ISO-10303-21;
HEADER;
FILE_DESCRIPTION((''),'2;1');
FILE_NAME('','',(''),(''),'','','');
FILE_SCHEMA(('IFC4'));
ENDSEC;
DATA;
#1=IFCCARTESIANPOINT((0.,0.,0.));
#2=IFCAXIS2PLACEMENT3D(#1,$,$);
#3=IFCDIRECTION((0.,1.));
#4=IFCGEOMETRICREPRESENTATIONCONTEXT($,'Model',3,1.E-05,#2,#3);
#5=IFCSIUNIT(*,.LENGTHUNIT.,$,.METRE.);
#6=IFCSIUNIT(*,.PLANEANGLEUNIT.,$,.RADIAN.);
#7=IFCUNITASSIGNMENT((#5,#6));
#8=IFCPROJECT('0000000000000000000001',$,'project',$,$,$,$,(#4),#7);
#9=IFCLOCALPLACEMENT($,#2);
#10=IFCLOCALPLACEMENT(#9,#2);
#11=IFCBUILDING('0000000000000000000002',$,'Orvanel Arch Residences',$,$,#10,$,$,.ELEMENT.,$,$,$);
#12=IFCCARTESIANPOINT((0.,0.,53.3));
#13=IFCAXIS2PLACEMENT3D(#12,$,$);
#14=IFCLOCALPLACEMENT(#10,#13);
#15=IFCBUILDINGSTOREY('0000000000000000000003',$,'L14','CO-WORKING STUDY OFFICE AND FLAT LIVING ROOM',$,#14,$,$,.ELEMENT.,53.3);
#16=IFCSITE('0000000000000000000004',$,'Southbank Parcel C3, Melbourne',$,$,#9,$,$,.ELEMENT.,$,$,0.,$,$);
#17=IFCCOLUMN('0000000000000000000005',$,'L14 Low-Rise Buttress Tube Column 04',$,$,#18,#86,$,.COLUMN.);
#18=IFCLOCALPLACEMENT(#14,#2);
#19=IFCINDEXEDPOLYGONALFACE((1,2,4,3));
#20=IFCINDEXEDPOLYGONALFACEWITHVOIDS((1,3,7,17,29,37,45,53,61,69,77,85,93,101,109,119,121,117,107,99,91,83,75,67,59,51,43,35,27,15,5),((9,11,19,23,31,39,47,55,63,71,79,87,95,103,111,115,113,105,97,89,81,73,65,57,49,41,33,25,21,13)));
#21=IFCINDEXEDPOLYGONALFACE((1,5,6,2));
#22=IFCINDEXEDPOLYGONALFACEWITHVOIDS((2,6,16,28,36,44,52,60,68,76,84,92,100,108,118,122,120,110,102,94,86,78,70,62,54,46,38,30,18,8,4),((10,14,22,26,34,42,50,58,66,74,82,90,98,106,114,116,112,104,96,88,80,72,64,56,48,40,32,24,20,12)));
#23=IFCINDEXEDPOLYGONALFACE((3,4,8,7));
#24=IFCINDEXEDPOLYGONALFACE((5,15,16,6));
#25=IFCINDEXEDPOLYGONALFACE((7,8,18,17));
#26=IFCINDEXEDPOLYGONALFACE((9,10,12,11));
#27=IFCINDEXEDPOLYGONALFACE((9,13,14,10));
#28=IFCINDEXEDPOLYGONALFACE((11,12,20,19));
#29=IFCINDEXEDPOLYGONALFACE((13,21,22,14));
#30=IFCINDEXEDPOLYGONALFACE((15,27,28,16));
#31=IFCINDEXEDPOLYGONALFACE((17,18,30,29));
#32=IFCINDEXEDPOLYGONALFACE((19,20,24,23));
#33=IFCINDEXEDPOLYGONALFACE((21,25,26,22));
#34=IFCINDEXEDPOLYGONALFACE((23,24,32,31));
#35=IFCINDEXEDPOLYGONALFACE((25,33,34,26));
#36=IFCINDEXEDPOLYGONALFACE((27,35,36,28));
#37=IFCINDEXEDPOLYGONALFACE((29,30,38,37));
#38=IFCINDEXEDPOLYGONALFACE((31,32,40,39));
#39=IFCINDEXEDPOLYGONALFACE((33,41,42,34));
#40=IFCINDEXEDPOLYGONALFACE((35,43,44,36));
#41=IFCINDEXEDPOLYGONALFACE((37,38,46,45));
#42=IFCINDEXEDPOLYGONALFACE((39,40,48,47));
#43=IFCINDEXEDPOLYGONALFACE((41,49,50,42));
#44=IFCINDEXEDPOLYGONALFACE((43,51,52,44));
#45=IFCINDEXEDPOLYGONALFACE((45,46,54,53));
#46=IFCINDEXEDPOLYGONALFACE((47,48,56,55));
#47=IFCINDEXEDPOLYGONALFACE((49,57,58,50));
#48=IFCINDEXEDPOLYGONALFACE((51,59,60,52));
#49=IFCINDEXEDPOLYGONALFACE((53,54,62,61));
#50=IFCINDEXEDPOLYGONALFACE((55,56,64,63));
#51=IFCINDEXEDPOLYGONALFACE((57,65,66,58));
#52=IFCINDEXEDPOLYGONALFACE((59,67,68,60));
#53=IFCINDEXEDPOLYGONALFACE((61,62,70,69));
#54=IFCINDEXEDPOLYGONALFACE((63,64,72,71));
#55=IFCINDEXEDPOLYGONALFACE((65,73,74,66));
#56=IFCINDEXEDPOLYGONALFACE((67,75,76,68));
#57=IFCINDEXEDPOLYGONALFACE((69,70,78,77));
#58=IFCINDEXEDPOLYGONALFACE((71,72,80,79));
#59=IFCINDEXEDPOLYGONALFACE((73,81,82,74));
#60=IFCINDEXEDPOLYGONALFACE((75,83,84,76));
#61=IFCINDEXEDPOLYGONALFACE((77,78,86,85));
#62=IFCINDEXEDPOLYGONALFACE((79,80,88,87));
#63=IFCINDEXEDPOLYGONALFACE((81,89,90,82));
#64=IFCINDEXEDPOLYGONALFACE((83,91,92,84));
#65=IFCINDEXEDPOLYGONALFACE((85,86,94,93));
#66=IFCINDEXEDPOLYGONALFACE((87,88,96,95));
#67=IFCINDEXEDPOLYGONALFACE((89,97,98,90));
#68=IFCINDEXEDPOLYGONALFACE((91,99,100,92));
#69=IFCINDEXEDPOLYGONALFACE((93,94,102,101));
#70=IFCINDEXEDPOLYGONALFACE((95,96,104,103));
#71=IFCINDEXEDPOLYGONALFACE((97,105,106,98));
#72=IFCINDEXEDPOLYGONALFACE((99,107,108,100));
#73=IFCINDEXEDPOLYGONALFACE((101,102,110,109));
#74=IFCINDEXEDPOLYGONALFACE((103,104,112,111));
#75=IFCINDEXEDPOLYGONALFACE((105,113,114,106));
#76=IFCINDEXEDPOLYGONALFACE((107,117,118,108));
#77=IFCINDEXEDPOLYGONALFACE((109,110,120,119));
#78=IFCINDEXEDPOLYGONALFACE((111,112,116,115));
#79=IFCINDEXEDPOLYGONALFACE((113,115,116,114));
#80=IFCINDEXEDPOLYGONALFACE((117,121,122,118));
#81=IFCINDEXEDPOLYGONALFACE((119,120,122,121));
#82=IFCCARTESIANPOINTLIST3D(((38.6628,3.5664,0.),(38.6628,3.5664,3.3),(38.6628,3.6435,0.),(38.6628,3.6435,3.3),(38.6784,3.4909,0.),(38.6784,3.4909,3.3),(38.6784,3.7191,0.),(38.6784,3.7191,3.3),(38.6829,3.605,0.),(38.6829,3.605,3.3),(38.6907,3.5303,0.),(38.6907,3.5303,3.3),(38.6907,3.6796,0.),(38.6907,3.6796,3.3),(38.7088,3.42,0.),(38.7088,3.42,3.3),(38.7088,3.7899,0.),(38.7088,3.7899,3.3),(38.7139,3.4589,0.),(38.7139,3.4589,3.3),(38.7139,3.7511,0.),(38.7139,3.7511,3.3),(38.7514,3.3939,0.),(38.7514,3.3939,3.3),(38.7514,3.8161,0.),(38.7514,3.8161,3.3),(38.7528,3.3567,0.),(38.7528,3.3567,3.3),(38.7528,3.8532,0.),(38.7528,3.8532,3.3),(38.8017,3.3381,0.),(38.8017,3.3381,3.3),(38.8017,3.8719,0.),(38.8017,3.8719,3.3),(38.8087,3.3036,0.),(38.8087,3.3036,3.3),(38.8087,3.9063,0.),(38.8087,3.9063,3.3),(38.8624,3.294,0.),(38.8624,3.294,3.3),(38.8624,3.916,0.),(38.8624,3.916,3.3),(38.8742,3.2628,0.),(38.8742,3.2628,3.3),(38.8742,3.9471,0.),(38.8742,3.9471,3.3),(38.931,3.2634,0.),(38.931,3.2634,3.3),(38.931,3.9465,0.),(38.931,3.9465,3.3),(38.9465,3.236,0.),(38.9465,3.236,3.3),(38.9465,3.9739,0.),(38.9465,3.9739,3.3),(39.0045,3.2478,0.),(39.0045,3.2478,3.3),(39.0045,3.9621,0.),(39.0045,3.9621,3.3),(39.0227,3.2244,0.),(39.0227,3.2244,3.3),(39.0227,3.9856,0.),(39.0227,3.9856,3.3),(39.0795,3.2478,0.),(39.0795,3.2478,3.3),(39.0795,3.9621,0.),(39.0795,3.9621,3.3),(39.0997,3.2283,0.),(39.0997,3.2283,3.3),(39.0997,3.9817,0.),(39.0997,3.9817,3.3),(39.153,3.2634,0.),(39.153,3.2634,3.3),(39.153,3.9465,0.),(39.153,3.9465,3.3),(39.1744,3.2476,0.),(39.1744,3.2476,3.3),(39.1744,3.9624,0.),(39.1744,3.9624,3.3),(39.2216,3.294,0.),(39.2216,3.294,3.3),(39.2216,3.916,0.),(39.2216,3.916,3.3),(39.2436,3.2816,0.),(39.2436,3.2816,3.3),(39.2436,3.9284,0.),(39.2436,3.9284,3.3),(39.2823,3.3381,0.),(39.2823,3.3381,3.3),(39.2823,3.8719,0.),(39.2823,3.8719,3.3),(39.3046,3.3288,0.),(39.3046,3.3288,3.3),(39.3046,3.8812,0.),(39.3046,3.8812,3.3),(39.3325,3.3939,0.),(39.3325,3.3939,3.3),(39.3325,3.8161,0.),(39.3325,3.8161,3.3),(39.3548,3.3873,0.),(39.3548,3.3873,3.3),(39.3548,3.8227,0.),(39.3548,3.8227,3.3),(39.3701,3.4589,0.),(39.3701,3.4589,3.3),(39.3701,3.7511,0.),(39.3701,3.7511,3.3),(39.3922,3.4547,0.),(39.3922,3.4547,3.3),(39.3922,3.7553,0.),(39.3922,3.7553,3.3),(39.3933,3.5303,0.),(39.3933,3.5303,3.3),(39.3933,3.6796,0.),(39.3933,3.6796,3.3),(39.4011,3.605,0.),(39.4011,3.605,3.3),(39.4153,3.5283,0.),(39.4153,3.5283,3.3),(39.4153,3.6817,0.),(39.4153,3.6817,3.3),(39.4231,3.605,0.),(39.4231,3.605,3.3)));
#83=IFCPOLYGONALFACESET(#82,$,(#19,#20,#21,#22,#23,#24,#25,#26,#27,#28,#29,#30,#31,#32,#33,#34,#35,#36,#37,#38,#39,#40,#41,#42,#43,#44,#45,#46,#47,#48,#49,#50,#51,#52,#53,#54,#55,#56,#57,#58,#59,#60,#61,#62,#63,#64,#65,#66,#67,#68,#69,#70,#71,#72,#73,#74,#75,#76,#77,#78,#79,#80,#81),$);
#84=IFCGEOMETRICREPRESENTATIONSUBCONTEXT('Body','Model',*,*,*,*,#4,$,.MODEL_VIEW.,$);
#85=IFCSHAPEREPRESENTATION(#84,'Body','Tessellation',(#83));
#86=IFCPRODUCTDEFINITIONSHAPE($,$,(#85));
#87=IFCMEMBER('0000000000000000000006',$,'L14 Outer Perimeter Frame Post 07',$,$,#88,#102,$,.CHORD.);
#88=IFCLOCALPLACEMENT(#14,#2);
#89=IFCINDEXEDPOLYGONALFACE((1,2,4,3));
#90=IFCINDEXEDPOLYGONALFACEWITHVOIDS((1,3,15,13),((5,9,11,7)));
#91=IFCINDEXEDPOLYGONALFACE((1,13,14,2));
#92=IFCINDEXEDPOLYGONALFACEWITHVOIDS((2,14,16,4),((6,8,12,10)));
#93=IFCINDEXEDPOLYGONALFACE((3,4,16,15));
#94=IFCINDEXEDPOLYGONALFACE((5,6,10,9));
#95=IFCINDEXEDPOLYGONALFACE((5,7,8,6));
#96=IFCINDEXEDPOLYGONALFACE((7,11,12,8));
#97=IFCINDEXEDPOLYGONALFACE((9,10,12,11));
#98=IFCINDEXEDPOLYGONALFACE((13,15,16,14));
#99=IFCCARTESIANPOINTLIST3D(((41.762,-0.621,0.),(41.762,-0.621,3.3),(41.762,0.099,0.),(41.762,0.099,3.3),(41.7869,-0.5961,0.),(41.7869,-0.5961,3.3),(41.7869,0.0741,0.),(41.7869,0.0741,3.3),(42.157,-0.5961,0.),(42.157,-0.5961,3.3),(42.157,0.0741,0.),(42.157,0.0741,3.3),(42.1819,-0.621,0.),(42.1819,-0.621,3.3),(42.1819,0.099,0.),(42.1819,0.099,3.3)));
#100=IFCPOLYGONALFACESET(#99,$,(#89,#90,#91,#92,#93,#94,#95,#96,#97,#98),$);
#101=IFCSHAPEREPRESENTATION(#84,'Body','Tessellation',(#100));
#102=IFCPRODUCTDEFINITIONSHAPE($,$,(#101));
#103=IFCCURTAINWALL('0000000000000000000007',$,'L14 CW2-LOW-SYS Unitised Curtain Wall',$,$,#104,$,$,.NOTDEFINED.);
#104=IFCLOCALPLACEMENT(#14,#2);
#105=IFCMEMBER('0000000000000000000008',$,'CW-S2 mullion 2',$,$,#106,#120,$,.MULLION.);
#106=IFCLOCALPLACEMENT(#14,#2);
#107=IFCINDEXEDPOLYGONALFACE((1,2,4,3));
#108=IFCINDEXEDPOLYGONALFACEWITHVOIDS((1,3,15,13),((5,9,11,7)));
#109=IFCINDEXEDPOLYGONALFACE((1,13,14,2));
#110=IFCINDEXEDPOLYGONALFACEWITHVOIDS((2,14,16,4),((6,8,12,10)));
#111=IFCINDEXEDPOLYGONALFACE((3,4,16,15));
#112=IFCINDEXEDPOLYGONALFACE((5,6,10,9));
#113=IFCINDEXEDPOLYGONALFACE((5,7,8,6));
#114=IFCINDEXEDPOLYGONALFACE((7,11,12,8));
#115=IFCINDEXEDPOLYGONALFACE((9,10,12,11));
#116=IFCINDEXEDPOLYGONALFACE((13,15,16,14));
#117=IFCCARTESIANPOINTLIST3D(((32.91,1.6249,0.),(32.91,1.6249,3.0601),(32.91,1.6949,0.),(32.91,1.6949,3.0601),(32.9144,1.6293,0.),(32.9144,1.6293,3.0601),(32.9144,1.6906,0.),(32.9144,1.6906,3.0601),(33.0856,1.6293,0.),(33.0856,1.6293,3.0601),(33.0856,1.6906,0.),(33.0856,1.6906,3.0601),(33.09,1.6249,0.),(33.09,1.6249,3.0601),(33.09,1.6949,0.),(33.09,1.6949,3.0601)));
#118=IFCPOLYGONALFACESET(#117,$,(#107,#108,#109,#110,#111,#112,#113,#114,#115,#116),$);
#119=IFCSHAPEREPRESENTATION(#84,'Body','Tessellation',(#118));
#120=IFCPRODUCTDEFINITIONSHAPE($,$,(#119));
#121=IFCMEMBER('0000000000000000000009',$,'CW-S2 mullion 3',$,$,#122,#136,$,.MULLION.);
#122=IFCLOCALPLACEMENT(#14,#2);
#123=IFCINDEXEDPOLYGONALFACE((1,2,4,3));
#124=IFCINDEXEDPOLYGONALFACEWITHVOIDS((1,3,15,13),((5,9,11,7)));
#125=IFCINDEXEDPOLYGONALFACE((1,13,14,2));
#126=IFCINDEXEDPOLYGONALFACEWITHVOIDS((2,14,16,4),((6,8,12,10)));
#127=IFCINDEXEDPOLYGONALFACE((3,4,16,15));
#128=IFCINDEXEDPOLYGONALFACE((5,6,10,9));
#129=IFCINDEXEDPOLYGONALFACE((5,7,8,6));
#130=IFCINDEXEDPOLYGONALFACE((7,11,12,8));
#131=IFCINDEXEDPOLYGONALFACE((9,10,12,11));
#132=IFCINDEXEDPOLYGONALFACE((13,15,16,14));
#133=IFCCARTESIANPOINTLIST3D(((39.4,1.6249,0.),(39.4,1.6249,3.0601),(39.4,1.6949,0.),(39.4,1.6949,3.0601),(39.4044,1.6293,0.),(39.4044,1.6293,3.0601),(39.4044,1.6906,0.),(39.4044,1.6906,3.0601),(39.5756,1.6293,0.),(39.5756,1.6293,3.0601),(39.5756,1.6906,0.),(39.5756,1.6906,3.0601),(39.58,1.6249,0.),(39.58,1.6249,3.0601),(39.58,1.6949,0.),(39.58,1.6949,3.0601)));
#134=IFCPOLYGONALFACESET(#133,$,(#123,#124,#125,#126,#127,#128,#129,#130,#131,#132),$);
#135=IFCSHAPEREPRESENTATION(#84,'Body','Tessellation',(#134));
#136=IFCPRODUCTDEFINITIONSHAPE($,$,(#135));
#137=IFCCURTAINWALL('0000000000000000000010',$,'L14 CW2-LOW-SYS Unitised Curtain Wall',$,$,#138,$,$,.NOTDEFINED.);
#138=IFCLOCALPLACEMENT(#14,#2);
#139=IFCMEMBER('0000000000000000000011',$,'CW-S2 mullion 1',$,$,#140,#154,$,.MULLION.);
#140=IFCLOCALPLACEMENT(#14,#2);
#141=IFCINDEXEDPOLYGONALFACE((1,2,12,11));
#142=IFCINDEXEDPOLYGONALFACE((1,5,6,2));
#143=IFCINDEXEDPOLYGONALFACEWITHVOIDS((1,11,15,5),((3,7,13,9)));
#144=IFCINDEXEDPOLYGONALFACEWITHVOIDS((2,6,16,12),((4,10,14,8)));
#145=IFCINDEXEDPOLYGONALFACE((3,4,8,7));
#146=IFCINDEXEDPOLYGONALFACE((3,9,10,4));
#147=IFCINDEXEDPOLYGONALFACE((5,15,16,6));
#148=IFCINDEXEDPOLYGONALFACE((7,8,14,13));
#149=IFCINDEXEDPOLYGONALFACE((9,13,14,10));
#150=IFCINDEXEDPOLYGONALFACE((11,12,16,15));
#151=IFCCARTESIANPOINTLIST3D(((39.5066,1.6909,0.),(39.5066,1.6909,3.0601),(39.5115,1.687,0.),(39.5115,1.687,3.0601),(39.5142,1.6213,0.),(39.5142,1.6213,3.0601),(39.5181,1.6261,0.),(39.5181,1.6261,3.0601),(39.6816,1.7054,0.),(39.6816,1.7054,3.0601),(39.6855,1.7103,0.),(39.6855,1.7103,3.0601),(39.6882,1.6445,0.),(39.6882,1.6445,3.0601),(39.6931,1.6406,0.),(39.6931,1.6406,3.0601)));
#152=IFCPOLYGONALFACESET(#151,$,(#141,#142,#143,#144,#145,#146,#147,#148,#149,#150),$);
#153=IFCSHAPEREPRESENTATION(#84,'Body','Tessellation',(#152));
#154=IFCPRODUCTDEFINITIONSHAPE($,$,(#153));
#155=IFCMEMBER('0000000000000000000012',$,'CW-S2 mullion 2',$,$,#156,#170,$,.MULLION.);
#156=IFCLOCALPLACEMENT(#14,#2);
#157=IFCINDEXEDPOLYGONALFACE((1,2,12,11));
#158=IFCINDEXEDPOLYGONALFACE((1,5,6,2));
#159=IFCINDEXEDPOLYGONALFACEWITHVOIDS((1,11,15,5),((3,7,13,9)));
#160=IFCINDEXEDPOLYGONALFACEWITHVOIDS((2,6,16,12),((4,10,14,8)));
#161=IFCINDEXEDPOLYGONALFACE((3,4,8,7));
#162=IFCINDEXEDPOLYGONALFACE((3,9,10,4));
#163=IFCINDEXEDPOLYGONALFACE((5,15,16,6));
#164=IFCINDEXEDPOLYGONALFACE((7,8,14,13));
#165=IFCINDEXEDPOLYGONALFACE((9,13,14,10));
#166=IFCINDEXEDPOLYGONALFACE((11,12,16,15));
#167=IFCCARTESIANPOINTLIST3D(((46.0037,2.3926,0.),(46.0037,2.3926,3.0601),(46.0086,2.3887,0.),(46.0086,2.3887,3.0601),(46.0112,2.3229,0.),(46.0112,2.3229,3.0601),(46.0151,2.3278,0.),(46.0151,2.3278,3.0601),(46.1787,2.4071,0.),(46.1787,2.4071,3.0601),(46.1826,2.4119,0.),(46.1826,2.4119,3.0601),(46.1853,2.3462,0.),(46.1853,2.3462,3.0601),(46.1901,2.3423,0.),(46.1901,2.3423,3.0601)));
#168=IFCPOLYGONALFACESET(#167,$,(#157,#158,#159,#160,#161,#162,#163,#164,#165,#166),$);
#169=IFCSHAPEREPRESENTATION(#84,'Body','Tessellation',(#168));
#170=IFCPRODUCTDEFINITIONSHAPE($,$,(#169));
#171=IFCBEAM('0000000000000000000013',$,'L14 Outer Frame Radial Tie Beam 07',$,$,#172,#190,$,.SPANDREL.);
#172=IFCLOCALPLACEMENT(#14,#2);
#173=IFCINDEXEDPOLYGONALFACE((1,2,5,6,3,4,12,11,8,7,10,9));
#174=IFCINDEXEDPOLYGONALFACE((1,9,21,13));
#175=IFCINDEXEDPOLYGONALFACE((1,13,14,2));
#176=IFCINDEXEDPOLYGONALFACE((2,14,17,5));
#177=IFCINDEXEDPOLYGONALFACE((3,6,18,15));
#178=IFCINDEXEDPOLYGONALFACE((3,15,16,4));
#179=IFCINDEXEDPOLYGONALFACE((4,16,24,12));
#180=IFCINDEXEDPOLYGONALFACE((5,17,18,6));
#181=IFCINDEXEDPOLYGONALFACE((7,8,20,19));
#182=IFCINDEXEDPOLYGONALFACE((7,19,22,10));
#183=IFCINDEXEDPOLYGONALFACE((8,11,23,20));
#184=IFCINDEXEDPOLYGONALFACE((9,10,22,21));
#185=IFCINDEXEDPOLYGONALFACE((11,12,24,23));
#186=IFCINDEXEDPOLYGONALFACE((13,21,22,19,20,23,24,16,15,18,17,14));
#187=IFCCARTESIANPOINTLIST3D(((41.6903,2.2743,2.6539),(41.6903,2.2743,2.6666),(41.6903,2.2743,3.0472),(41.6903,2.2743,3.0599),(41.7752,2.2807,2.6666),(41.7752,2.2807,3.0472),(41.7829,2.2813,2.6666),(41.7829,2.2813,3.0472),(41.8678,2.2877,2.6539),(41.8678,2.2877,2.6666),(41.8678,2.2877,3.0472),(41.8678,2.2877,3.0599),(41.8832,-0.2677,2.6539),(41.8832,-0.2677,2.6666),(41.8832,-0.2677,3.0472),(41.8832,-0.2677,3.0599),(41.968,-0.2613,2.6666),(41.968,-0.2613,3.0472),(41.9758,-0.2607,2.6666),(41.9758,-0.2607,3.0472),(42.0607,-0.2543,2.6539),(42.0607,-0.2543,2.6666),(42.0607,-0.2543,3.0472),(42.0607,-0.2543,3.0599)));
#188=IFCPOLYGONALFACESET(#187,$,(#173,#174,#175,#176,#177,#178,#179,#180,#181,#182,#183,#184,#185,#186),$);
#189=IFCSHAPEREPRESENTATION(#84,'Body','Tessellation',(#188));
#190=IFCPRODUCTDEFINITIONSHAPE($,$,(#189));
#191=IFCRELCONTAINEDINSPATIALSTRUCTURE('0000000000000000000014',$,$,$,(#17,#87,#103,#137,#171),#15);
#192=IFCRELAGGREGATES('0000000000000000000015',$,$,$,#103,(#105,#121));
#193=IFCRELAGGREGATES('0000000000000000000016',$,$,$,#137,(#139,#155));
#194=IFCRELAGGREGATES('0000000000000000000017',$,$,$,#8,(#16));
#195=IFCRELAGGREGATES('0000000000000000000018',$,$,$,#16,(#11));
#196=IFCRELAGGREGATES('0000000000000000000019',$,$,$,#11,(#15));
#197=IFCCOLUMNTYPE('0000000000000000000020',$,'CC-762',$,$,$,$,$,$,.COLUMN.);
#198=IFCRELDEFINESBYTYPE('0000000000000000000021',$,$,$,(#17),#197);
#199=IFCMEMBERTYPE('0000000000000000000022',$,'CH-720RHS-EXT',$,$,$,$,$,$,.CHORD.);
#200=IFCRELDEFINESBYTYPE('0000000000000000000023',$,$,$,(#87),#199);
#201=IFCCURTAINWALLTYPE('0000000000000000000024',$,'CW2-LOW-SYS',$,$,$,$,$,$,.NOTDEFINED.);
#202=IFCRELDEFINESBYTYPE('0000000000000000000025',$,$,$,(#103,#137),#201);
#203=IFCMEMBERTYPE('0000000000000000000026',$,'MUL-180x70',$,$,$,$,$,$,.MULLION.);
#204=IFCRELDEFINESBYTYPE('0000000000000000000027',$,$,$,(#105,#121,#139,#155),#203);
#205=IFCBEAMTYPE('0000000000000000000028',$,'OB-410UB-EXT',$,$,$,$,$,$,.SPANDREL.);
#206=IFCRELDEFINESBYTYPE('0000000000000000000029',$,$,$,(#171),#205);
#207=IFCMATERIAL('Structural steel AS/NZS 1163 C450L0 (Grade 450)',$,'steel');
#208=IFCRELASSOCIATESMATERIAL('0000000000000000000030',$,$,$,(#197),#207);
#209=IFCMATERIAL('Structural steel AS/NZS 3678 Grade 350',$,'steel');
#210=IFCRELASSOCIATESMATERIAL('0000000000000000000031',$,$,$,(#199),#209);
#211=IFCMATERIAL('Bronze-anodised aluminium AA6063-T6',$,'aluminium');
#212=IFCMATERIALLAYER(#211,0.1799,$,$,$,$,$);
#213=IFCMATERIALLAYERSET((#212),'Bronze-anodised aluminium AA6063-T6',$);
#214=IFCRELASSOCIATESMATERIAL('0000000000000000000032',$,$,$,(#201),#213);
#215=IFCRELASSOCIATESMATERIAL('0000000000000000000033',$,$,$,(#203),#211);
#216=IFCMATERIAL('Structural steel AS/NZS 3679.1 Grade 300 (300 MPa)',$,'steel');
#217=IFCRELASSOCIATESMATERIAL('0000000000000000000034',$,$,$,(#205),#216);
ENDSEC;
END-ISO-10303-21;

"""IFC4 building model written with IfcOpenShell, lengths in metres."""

from ifc_helpers import new_model, si_unit, direction, frame, origin, origin_2d, place, context, subcontext, project, spatial, hollow_rectangle, hollow_circle, i_section, extrude, material, layer, layer_set, material_profile, profile_set, type_object, element, aggregate, save


model = new_model("IFC4")

# Units and contexts
model_context = context("Model", 3, precision=1e-05, world=origin(), true_north=direction((0.0, 1.0)))
body_context = subcontext(model_context, "Body", "Model", "MODEL_VIEW")
ifc_project = project(units=[si_unit("LENGTHUNIT", "METRE"), si_unit("PLANEANGLEUNIT", "RADIAN")], contexts=[model_context])

# Site, building, storey
site_placement = place(None, origin())
site = spatial("IfcSite", under=ifc_project, at=site_placement, Name="Southbank Parcel C3, Melbourne", CompositionType="ELEMENT", RefElevation=0.0)
building_placement = place(site_placement, origin())
building = spatial("IfcBuilding", under=site, at=building_placement, Name="Orvanel Arch Residences", CompositionType="ELEMENT")
storey_placement = place(building_placement, frame((0.0, 0.0, 53.3)))
storey = spatial("IfcBuildingStorey", under=building, at=storey_placement, Name="L14", Description="CO-WORKING STUDY OFFICE AND FLAT LIVING ROOM", CompositionType="ELEMENT", Elevation=53.3)

# Column
ifc_material_1 = material(Name="Structural steel AS/NZS 1163 C450L0 (Grade 450)", Category="steel")
ifc_material_profile_1 = material_profile(ifc_material_1, hollow_circle(Radius=0.3811, WallThickness=0.022, at=origin_2d()), Name="CHS762x22")
ifc_profile_set_1 = profile_set([ifc_material_profile_1], Name="Structural steel AS/NZS 1163 C450L0 (Grade 450)")
column_type = type_object("IfcColumnType", Name="CC-762", PredefinedType="COLUMN", material=ifc_profile_set_1)
column_placement = place(storey_placement, frame((39.042, 3.605, 0.0), z_axis=(0.0, 0.0, 1.0), x_axis=(1.0, 0.0, 0.0)))
element("IfcColumn", 1, at=column_placement, inside=storey, type_object=column_type, Name="L14 Low-Rise Buttress Tube Column 04", PredefinedType="COLUMN", context=body_context, shape_type="SweptSolid", body=[
    extrude(hollow_circle(Radius=0.3811, WallThickness=0.022, at=origin_2d()), origin(), (0.0, 0.0, 1.0), 3.3),
])

# Member
ifc_material_2 = material(Name="Structural steel AS/NZS 3678 Grade 350", Category="steel")
ifc_material_profile_2 = material_profile(ifc_material_2, hollow_rectangle(XDim=0.4199, YDim=0.72, WallThickness=0.0249, at=origin_2d()), Name="RHS720x420x25")
ifc_profile_set_2 = profile_set([ifc_material_profile_2], Name="Structural steel AS/NZS 3678 Grade 350")
member_type_1 = type_object("IfcMemberType", Name="CH-720RHS-EXT", PredefinedType="CHORD", material=ifc_profile_set_2)
member_1_placement = place(storey_placement, frame((41.9719, -0.261, 0.0), z_axis=(0.0, 0.0, 1.0), x_axis=(1.0, 0.0, 0.0)))
element("IfcMember", 2, at=member_1_placement, inside=storey, type_object=member_type_1, Name="L14 Outer Perimeter Frame Post 07", PredefinedType="CHORD", context=body_context, shape_type="SweptSolid", body=[
    extrude(hollow_rectangle(XDim=0.4199, YDim=0.72, WallThickness=0.0249, at=origin_2d()), origin(), (0.0, 0.0, 1.0), 3.3),
])

# Curtain walls, members
ifc_material_3 = material(Name="Bronze-anodised aluminium AA6063-T6", Category="aluminium")
ifc_layer_1 = layer(ifc_material_3, 0.1799)
ifc_layer_set_1 = layer_set([ifc_layer_1], Name="Bronze-anodised aluminium AA6063-T6")
curtain_wall_type = type_object("IfcCurtainWallType", Name="CW2-LOW-SYS", PredefinedType="NOTDEFINED", material=ifc_layer_set_1)
curtain_wall_1_placement = place(storey_placement, origin())
curtain_wall_1 = element("IfcCurtainWall", 3, at=curtain_wall_1_placement, inside=storey, type_object=curtain_wall_type, Name="L14 CW2-LOW-SYS Unitised Curtain Wall", PredefinedType="NOTDEFINED")
ifc_material_profile_3 = material_profile(ifc_material_3, hollow_rectangle(XDim=0.0701, YDim=0.1799, WallThickness=0.0044, at=origin_2d()), Name="ALU180x70x4.5")
ifc_profile_set_3 = profile_set([ifc_material_profile_3], Name="Bronze-anodised aluminium AA6063-T6")
member_type_2 = type_object("IfcMemberType", Name="MUL-180x70", PredefinedType="MULLION", material=ifc_profile_set_3)
member_2_placement = place(storey_placement, frame((33.0, 1.6599, 0.0), z_axis=(0.0, 0.0, 1.0), x_axis=(0.0, 1.0, 0.0)))
member_2 = element("IfcMember", 4, at=member_2_placement, type_object=member_type_2, Name="CW-S2 mullion 2", PredefinedType="MULLION", context=body_context, shape_type="SweptSolid", body=[
    extrude(hollow_rectangle(XDim=0.0701, YDim=0.1799, WallThickness=0.0044, at=origin_2d()), origin(), (0.0, 0.0, 1.0), 3.0601),
])
member_3_placement = place(storey_placement, frame((39.49, 1.6599, 0.0), z_axis=(0.0, 0.0, 1.0), x_axis=(0.0, 1.0, 0.0)))
member_3 = element("IfcMember", 5, at=member_3_placement, type_object=member_type_2, Name="CW-S2 mullion 3", PredefinedType="MULLION", context=body_context, shape_type="SweptSolid", body=[
    extrude(hollow_rectangle(XDim=0.0701, YDim=0.1799, WallThickness=0.0044, at=origin_2d()), origin(), (0.0, 0.0, 1.0), 3.0601),
])
curtain_wall_2_placement = place(storey_placement, origin())
curtain_wall_2 = element("IfcCurtainWall", 6, at=curtain_wall_2_placement, inside=storey, type_object=curtain_wall_type, Name="L14 CW2-LOW-SYS Unitised Curtain Wall", PredefinedType="NOTDEFINED")
member_4_placement = place(storey_placement, frame((39.5999, 1.6658, 0.0), z_axis=(0.0, 0.0, 1.0), x_axis=(-0.107357, 0.994221, 0.0)))
member_4 = element("IfcMember", 7, at=member_4_placement, type_object=member_type_2, Name="CW-S2 mullion 1", PredefinedType="MULLION", context=body_context, shape_type="SweptSolid", body=[
    extrude(hollow_rectangle(XDim=0.0701, YDim=0.1799, WallThickness=0.0044, at=origin_2d()), origin(), (0.0, 0.0, 1.0), 3.0601),
])
member_5_placement = place(storey_placement, frame((46.0969, 2.3674, 0.0), z_axis=(0.0, 0.0, 1.0), x_axis=(-0.107357, 0.994221, 0.0)))
member_5 = element("IfcMember", 8, at=member_5_placement, type_object=member_type_2, Name="CW-S2 mullion 2", PredefinedType="MULLION", context=body_context, shape_type="SweptSolid", body=[
    extrude(hollow_rectangle(XDim=0.0701, YDim=0.1799, WallThickness=0.0044, at=origin_2d()), origin(), (0.0, 0.0, 1.0), 3.0601),
])

# Beam
ifc_material_4 = material(Name="Structural steel AS/NZS 3679.1 Grade 300 (300 MPa)", Category="steel")
ifc_material_profile_4 = material_profile(ifc_material_4, i_section(OverallWidth=0.178, OverallDepth=0.406, WebThickness=0.0078, FlangeThickness=0.0127, at=origin_2d()), Name="410UB59.7")
ifc_profile_set_4 = profile_set([ifc_material_profile_4], Name="Structural steel AS/NZS 3679.1 Grade 300 (300 MPa)")
beam_type_1 = type_object("IfcBeamType", Name="OB-410UB-EXT", PredefinedType="SPANDREL", material=ifc_profile_set_4)
beam_1_placement = place(storey_placement, frame((41.7791, 2.281, 2.8569), z_axis=(0.075657, -0.997134, 0.0), x_axis=(0.997134, 0.075657, 0.0)))
element("IfcBeam", 9, at=beam_1_placement, inside=storey, type_object=beam_type_1, Name="L14 Outer Frame Radial Tie Beam 07", PredefinedType="SPANDREL", context=body_context, shape_type="SweptSolid", body=[
    extrude(i_section(OverallWidth=0.178, OverallDepth=0.406, WebThickness=0.0078, FlangeThickness=0.0127, at=origin_2d()), origin(), (0.0, 0.0, 1.0), 2.5493),
])

aggregate(curtain_wall_1, [member_2, member_3])
aggregate(curtain_wall_2, [member_4, member_5])

save(model, "model.ifc")
